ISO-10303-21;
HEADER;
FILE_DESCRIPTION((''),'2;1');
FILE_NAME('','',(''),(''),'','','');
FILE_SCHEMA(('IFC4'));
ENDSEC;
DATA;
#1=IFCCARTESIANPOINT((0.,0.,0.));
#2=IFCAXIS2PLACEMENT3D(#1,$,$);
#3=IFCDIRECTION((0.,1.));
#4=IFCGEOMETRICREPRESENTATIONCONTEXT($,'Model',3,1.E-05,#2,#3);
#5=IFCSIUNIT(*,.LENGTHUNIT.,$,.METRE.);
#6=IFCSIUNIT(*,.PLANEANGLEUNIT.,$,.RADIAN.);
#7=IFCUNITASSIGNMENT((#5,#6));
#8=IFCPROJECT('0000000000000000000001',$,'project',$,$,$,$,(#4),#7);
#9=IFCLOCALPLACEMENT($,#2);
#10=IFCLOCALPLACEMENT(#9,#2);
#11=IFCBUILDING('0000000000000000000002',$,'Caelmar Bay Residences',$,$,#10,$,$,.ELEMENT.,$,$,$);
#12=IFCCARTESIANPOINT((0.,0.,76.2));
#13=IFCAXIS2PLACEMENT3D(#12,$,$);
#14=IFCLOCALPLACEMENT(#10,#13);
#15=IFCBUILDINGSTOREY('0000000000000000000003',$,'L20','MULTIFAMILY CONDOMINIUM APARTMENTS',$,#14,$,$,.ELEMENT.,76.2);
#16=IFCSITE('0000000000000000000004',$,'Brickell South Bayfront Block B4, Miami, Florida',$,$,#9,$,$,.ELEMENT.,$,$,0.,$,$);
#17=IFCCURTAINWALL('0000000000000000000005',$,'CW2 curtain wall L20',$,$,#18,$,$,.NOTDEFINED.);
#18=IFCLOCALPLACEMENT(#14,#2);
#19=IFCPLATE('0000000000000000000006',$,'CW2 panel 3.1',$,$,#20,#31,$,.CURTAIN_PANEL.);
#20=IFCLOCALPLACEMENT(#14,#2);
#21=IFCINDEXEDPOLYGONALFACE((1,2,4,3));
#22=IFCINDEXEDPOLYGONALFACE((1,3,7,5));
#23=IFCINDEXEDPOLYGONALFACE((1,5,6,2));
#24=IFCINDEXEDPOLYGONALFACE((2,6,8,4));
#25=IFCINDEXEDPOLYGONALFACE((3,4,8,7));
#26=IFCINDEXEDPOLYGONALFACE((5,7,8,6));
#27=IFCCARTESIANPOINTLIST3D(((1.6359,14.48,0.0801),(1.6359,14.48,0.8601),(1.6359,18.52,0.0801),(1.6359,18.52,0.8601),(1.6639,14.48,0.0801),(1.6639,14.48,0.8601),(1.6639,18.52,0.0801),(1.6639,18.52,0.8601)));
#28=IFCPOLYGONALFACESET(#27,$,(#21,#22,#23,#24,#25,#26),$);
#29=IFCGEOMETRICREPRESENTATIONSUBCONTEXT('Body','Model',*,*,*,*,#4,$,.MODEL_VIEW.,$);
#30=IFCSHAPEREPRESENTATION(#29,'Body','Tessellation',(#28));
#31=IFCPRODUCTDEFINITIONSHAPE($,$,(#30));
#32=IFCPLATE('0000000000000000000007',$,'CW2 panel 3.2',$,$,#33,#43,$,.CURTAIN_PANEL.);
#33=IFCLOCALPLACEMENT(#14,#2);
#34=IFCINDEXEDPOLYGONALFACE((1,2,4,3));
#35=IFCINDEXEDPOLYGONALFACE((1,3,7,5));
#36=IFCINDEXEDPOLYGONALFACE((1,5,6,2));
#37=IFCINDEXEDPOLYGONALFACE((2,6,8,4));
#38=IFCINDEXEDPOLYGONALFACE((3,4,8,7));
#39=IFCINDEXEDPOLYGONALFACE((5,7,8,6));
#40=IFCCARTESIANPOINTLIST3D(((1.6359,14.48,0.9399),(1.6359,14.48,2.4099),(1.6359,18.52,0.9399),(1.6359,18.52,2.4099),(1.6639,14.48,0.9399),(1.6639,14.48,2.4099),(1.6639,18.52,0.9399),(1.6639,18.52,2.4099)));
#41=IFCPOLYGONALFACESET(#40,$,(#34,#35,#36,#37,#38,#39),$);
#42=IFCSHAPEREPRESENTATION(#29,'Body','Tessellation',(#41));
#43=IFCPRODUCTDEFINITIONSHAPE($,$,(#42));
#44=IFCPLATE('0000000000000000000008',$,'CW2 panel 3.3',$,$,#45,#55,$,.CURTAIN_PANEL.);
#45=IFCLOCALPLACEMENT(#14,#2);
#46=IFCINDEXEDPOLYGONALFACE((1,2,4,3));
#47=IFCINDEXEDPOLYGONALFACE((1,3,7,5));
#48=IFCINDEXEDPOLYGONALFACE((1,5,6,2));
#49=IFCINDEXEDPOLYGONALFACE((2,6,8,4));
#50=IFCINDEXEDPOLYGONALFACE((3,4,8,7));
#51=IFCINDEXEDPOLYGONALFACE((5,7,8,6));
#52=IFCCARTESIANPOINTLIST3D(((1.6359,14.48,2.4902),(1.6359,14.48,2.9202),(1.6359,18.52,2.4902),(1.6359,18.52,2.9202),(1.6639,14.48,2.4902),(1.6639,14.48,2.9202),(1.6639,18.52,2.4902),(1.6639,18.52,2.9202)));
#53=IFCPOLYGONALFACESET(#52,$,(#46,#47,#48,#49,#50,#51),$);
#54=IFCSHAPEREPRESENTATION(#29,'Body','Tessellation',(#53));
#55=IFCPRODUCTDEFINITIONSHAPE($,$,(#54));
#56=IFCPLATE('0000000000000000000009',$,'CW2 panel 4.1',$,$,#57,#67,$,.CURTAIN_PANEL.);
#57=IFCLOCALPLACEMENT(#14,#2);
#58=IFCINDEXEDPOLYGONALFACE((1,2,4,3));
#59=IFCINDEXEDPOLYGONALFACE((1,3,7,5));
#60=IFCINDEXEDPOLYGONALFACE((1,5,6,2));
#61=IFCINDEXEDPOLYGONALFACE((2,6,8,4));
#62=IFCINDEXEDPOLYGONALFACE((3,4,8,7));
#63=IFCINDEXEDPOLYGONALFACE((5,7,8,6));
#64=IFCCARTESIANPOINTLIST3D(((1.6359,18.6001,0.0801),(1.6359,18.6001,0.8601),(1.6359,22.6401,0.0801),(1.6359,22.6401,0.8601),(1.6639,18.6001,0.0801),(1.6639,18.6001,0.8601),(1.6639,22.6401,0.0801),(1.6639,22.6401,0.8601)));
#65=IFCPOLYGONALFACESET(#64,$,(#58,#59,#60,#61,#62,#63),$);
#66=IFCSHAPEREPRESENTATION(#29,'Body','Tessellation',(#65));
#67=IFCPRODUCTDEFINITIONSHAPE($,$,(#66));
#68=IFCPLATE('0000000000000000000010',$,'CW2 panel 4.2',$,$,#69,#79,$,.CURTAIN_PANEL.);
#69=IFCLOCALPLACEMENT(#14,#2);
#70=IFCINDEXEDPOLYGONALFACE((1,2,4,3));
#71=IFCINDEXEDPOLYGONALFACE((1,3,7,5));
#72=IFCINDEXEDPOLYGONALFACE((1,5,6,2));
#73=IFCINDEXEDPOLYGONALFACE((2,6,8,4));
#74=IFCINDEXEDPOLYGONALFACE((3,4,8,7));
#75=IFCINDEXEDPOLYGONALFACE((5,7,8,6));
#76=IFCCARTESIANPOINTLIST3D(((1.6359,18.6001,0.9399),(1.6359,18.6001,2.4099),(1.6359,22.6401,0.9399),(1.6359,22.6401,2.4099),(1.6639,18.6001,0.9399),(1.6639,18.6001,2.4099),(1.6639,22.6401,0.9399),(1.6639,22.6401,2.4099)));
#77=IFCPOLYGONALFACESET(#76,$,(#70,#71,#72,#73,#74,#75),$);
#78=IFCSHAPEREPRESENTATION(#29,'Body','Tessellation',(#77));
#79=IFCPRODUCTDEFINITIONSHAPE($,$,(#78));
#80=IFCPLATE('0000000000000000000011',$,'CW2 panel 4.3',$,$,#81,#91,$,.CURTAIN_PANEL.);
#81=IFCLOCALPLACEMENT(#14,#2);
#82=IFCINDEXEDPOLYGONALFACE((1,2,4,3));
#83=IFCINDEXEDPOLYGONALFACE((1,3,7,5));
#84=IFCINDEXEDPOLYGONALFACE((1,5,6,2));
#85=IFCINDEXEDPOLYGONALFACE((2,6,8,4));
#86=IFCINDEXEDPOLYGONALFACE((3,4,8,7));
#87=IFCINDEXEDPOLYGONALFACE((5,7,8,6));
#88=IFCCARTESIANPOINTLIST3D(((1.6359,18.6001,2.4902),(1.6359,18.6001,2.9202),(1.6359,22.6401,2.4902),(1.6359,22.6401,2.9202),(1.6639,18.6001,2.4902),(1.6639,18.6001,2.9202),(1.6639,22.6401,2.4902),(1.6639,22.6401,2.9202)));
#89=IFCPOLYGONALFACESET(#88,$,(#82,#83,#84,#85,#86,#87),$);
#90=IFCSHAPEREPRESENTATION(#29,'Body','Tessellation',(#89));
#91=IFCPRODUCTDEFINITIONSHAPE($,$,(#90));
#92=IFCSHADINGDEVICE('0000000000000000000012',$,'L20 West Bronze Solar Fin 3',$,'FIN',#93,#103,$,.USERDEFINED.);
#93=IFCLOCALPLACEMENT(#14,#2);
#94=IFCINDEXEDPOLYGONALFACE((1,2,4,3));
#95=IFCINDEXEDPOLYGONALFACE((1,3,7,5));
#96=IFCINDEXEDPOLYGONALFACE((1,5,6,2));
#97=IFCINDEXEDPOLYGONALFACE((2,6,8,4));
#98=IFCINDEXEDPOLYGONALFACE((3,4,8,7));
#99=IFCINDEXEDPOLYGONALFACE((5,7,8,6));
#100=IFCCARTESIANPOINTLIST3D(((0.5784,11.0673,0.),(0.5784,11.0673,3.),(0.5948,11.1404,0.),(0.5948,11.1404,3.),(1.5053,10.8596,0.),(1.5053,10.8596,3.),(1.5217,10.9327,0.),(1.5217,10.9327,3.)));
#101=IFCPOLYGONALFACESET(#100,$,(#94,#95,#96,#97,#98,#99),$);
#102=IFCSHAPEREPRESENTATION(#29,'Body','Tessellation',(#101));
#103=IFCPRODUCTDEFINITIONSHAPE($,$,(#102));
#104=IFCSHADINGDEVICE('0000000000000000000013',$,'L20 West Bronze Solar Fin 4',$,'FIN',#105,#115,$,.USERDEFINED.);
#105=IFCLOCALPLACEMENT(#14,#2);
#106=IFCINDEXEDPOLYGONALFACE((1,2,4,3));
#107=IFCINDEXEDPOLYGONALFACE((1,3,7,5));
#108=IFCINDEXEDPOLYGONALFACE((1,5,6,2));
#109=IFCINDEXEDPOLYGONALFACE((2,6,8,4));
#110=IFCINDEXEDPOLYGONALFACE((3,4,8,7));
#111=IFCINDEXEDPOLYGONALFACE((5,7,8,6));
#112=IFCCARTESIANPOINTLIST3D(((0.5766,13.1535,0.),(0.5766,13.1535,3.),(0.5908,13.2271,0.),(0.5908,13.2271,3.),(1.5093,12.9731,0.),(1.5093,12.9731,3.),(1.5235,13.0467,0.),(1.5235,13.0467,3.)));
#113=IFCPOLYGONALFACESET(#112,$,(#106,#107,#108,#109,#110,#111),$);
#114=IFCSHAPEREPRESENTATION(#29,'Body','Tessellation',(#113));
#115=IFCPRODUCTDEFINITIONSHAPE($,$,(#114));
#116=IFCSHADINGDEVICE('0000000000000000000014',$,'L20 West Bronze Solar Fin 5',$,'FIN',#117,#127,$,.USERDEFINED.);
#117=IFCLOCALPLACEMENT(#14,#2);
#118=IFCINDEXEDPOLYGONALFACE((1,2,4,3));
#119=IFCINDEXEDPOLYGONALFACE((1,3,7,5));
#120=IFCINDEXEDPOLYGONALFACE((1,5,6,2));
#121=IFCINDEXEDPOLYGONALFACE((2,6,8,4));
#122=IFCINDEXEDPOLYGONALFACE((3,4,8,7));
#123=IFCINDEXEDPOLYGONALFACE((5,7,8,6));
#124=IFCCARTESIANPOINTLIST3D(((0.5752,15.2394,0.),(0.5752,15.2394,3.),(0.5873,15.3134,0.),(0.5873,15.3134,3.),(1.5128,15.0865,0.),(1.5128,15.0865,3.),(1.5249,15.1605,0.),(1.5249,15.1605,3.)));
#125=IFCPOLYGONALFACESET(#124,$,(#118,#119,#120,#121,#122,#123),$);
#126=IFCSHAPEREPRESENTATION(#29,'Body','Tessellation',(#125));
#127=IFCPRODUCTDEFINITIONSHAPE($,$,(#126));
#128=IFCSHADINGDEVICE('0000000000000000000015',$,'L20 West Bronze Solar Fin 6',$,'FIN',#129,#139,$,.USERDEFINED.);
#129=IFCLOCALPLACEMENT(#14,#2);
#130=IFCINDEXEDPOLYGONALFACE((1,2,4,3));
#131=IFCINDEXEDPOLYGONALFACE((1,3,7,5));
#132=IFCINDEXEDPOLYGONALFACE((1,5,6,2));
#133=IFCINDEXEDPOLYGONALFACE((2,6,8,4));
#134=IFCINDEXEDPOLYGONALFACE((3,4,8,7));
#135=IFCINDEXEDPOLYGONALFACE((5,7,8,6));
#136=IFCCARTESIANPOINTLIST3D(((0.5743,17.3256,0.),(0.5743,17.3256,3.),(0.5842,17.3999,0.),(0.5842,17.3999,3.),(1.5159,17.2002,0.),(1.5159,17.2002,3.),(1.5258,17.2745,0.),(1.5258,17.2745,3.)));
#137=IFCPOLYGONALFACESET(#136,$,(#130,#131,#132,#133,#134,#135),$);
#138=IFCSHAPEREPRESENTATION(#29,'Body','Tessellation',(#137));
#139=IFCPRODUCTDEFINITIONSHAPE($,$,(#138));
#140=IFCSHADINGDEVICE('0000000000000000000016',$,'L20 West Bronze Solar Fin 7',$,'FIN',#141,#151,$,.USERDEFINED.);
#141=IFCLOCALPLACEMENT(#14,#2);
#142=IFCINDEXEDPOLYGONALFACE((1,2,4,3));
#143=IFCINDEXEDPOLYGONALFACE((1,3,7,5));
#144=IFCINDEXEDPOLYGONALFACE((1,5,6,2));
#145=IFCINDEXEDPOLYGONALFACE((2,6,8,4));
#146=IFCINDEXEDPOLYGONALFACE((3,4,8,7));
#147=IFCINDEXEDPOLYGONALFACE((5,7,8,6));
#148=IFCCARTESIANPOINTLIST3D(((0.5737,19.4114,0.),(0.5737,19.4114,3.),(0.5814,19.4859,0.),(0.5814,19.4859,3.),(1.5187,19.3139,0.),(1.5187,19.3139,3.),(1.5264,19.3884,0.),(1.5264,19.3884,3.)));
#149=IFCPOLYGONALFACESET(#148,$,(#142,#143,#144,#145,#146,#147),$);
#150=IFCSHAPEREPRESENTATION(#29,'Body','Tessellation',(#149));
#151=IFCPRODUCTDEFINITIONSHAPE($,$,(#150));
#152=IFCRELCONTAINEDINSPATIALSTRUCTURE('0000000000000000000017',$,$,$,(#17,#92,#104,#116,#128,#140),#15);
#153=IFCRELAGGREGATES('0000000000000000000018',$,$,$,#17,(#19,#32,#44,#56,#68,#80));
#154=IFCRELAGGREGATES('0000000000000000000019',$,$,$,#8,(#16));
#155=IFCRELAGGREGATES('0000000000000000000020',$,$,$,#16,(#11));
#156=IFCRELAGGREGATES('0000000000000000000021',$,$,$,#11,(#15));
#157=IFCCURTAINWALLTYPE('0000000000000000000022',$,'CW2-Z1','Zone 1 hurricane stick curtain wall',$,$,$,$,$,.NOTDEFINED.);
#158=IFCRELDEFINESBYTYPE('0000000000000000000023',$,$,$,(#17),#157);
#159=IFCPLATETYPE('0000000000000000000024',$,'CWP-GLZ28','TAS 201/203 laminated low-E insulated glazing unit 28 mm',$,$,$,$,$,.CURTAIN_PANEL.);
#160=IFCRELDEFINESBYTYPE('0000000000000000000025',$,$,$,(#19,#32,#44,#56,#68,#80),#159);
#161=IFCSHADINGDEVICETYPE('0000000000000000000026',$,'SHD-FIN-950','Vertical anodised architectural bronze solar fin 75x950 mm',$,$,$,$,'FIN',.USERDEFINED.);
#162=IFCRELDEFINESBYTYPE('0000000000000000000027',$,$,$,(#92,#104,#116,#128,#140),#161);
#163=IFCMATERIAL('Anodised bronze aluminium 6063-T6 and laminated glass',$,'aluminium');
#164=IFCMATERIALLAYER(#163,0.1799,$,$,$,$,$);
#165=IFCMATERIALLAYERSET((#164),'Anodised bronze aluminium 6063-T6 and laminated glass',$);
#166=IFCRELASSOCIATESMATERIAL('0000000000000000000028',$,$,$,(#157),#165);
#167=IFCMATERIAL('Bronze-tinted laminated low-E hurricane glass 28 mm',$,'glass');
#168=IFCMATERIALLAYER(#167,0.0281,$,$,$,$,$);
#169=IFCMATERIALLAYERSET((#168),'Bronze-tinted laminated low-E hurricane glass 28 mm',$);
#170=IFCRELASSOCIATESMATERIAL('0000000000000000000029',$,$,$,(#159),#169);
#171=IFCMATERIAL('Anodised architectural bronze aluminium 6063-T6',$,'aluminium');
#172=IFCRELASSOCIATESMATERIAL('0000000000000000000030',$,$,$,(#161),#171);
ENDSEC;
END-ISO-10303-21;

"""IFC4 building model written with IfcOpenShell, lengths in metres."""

from ifc_helpers import new_model, si_unit, direction, frame, origin, origin_2d, place, context, subcontext, project, spatial, rectangle, extrude, material, layer, layer_set, material_profile, profile_set, type_object, element, aggregate, save


model = new_model("IFC4")

# Units and contexts
model_context = context("Model", 3, precision=1e-05, world=origin(), true_north=direction((0.0, 1.0)))
body_context = subcontext(model_context, "Body", "Model", "MODEL_VIEW")
ifc_project = project(units=[si_unit("LENGTHUNIT", "METRE"), si_unit("PLANEANGLEUNIT", "RADIAN")], contexts=[model_context])

# Site, building, storey
site_placement = place(None, origin())
site = spatial("IfcSite", under=ifc_project, at=site_placement, Name="Brickell South Bayfront Block B4, Miami, Florida", CompositionType="ELEMENT", RefElevation=0.0)
building_placement = place(site_placement, origin())
building = spatial("IfcBuilding", under=site, at=building_placement, Name="Caelmar Bay Residences", CompositionType="ELEMENT")
storey_placement = place(building_placement, frame((0.0, 0.0, 76.2)))
storey = spatial("IfcBuildingStorey", under=building, at=storey_placement, Name="L20", Description="MULTIFAMILY CONDOMINIUM APARTMENTS", CompositionType="ELEMENT", Elevation=76.2)

# Curtain wall, plates
ifc_material_1 = material(Name="Anodised bronze aluminium 6063-T6 and laminated glass", Category="aluminium")
ifc_layer_1 = layer(ifc_material_1, 0.1799)
ifc_layer_set_1 = layer_set([ifc_layer_1], Name="Anodised bronze aluminium 6063-T6 and laminated glass")
curtain_wall_type = type_object("IfcCurtainWallType", Name="CW2-Z1", Description="Zone 1 hurricane stick curtain wall", PredefinedType="NOTDEFINED", material=ifc_layer_set_1)
curtain_wall_placement = place(storey_placement, origin())
curtain_wall = element("IfcCurtainWall", 1, at=curtain_wall_placement, inside=storey, type_object=curtain_wall_type, Name="CW2 curtain wall L20", PredefinedType="NOTDEFINED")
ifc_material_2 = material(Name="Bronze-tinted laminated low-E hurricane glass 28 mm", Category="glass")
ifc_layer_2 = layer(ifc_material_2, 0.0281)
ifc_layer_set_2 = layer_set([ifc_layer_2], Name="Bronze-tinted laminated low-E hurricane glass 28 mm")
plate_type = type_object("IfcPlateType", Name="CWP-GLZ28", Description="TAS 201/203 laminated low-E insulated glazing unit 28 mm", PredefinedType="CURTAIN_PANEL", material=ifc_layer_set_2)
plate_1_placement = place(storey_placement, frame((1.6499, 16.5, 0.0801), z_axis=(0.0, 0.0, 1.0), x_axis=(0.0, 1.0, 0.0)))
plate_1 = element("IfcPlate", 2, at=plate_1_placement, type_object=plate_type, Name="CW2 panel 3.1", PredefinedType="CURTAIN_PANEL", context=body_context, shape_type="SweptSolid", body=[
    extrude(rectangle(XDim=4.04, YDim=0.0281, at=origin_2d()), origin(), (0.0, 0.0, 1.0), 0.78),
])
plate_2_placement = place(storey_placement, frame((1.6499, 16.5, 0.9399), z_axis=(0.0, 0.0, 1.0), x_axis=(0.0, 1.0, 0.0)))
plate_2 = element("IfcPlate", 3, at=plate_2_placement, type_object=plate_type, Name="CW2 panel 3.2", PredefinedType="CURTAIN_PANEL", context=body_context, shape_type="SweptSolid", body=[
    extrude(rectangle(XDim=4.04, YDim=0.0281, at=origin_2d()), origin(), (0.0, 0.0, 1.0), 1.47),
])
plate_3_placement = place(storey_placement, frame((1.6499, 16.5, 2.4902), z_axis=(0.0, 0.0, 1.0), x_axis=(0.0, 1.0, 0.0)))
plate_3 = element("IfcPlate", 4, at=plate_3_placement, type_object=plate_type, Name="CW2 panel 3.3", PredefinedType="CURTAIN_PANEL", context=body_context, shape_type="SweptSolid", body=[
    extrude(rectangle(XDim=4.04, YDim=0.0281, at=origin_2d()), origin(), (0.0, 0.0, 1.0), 0.4299),
])
plate_4_placement = place(storey_placement, frame((1.6499, 20.6201, 0.0801), z_axis=(0.0, 0.0, 1.0), x_axis=(0.0, 1.0, 0.0)))
plate_4 = element("IfcPlate", 5, at=plate_4_placement, type_object=plate_type, Name="CW2 panel 4.1", PredefinedType="CURTAIN_PANEL", context=body_context, shape_type="SweptSolid", body=[
    extrude(rectangle(XDim=4.04, YDim=0.0281, at=origin_2d()), origin(), (0.0, 0.0, 1.0), 0.78),
])
plate_5_placement = place(storey_placement, frame((1.6499, 20.6201, 0.9399), z_axis=(0.0, 0.0, 1.0), x_axis=(0.0, 1.0, 0.0)))
plate_5 = element("IfcPlate", 6, at=plate_5_placement, type_object=plate_type, Name="CW2 panel 4.2", PredefinedType="CURTAIN_PANEL", context=body_context, shape_type="SweptSolid", body=[
    extrude(rectangle(XDim=4.04, YDim=0.0281, at=origin_2d()), origin(), (0.0, 0.0, 1.0), 1.47),
])
plate_6_placement = place(storey_placement, frame((1.6499, 20.6201, 2.4902), z_axis=(0.0, 0.0, 1.0), x_axis=(0.0, 1.0, 0.0)))
plate_6 = element("IfcPlate", 7, at=plate_6_placement, type_object=plate_type, Name="CW2 panel 4.3", PredefinedType="CURTAIN_PANEL", context=body_context, shape_type="SweptSolid", body=[
    extrude(rectangle(XDim=4.04, YDim=0.0281, at=origin_2d()), origin(), (0.0, 0.0, 1.0), 0.4299),
])
aggregate(curtain_wall, [plate_1, plate_2, plate_3, plate_4, plate_5, plate_6])

# Shading devices
ifc_material_3 = material(Name="Anodised architectural bronze aluminium 6063-T6", Category="aluminium")
ifc_material_profile_1 = material_profile(ifc_material_3, rectangle(XDim=0.075, YDim=0.95, at=origin_2d()), Name="BRONZE-FIN-75X950")
ifc_profile_set_1 = profile_set([ifc_material_profile_1], Name="Anodised architectural bronze aluminium 6063-T6")
shading_device_type = type_object("IfcShadingDeviceType", Name="SHD-FIN-950", Description="Vertical anodised architectural bronze solar fin 75x950 mm", ElementType="FIN", PredefinedType="USERDEFINED", material=ifc_profile_set_1)
for number, where, z_axis, x_axis, name in (
    (8, (1.05, 11.0, 0.0), (0.0, 0.0, 1.0), (0.218654, 0.975802, 0.0), "L20 West Bronze Solar Fin 3"),
    (9, (1.05, 13.1001, 0.0), (0.0, 0.0, 1.0), (0.189952, 0.981793, 0.0), "L20 West Bronze Solar Fin 4"),
    (10, (1.05, 15.2, 0.0), (0.0, 0.0, 1.0), (0.160915, 0.986968, 0.0), "L20 West Bronze Solar Fin 5"),
    (11, (1.05, 17.3, 0.0), (0.0, 0.0, 1.0), (0.13191, 0.991262, 0.0), "L20 West Bronze Solar Fin 6"),
    (12, (1.05, 19.3999, 0.0), (0.0, 0.0, 1.0), (0.102619, 0.994721, 0.0), "L20 West Bronze Solar Fin 7"),
):
    element("IfcShadingDevice", number, at=place(storey_placement, frame(where, z_axis=z_axis, x_axis=x_axis)), inside=storey, type_object=shading_device_type, Name=name, ObjectType="FIN", PredefinedType="USERDEFINED", context=body_context, shape_type="SweptSolid", body=[
        extrude(rectangle(XDim=0.075, YDim=0.95, at=origin_2d()), origin(), (0.0, 0.0, 1.0), 3.0),
    ])

save(model, "model.ifc")
